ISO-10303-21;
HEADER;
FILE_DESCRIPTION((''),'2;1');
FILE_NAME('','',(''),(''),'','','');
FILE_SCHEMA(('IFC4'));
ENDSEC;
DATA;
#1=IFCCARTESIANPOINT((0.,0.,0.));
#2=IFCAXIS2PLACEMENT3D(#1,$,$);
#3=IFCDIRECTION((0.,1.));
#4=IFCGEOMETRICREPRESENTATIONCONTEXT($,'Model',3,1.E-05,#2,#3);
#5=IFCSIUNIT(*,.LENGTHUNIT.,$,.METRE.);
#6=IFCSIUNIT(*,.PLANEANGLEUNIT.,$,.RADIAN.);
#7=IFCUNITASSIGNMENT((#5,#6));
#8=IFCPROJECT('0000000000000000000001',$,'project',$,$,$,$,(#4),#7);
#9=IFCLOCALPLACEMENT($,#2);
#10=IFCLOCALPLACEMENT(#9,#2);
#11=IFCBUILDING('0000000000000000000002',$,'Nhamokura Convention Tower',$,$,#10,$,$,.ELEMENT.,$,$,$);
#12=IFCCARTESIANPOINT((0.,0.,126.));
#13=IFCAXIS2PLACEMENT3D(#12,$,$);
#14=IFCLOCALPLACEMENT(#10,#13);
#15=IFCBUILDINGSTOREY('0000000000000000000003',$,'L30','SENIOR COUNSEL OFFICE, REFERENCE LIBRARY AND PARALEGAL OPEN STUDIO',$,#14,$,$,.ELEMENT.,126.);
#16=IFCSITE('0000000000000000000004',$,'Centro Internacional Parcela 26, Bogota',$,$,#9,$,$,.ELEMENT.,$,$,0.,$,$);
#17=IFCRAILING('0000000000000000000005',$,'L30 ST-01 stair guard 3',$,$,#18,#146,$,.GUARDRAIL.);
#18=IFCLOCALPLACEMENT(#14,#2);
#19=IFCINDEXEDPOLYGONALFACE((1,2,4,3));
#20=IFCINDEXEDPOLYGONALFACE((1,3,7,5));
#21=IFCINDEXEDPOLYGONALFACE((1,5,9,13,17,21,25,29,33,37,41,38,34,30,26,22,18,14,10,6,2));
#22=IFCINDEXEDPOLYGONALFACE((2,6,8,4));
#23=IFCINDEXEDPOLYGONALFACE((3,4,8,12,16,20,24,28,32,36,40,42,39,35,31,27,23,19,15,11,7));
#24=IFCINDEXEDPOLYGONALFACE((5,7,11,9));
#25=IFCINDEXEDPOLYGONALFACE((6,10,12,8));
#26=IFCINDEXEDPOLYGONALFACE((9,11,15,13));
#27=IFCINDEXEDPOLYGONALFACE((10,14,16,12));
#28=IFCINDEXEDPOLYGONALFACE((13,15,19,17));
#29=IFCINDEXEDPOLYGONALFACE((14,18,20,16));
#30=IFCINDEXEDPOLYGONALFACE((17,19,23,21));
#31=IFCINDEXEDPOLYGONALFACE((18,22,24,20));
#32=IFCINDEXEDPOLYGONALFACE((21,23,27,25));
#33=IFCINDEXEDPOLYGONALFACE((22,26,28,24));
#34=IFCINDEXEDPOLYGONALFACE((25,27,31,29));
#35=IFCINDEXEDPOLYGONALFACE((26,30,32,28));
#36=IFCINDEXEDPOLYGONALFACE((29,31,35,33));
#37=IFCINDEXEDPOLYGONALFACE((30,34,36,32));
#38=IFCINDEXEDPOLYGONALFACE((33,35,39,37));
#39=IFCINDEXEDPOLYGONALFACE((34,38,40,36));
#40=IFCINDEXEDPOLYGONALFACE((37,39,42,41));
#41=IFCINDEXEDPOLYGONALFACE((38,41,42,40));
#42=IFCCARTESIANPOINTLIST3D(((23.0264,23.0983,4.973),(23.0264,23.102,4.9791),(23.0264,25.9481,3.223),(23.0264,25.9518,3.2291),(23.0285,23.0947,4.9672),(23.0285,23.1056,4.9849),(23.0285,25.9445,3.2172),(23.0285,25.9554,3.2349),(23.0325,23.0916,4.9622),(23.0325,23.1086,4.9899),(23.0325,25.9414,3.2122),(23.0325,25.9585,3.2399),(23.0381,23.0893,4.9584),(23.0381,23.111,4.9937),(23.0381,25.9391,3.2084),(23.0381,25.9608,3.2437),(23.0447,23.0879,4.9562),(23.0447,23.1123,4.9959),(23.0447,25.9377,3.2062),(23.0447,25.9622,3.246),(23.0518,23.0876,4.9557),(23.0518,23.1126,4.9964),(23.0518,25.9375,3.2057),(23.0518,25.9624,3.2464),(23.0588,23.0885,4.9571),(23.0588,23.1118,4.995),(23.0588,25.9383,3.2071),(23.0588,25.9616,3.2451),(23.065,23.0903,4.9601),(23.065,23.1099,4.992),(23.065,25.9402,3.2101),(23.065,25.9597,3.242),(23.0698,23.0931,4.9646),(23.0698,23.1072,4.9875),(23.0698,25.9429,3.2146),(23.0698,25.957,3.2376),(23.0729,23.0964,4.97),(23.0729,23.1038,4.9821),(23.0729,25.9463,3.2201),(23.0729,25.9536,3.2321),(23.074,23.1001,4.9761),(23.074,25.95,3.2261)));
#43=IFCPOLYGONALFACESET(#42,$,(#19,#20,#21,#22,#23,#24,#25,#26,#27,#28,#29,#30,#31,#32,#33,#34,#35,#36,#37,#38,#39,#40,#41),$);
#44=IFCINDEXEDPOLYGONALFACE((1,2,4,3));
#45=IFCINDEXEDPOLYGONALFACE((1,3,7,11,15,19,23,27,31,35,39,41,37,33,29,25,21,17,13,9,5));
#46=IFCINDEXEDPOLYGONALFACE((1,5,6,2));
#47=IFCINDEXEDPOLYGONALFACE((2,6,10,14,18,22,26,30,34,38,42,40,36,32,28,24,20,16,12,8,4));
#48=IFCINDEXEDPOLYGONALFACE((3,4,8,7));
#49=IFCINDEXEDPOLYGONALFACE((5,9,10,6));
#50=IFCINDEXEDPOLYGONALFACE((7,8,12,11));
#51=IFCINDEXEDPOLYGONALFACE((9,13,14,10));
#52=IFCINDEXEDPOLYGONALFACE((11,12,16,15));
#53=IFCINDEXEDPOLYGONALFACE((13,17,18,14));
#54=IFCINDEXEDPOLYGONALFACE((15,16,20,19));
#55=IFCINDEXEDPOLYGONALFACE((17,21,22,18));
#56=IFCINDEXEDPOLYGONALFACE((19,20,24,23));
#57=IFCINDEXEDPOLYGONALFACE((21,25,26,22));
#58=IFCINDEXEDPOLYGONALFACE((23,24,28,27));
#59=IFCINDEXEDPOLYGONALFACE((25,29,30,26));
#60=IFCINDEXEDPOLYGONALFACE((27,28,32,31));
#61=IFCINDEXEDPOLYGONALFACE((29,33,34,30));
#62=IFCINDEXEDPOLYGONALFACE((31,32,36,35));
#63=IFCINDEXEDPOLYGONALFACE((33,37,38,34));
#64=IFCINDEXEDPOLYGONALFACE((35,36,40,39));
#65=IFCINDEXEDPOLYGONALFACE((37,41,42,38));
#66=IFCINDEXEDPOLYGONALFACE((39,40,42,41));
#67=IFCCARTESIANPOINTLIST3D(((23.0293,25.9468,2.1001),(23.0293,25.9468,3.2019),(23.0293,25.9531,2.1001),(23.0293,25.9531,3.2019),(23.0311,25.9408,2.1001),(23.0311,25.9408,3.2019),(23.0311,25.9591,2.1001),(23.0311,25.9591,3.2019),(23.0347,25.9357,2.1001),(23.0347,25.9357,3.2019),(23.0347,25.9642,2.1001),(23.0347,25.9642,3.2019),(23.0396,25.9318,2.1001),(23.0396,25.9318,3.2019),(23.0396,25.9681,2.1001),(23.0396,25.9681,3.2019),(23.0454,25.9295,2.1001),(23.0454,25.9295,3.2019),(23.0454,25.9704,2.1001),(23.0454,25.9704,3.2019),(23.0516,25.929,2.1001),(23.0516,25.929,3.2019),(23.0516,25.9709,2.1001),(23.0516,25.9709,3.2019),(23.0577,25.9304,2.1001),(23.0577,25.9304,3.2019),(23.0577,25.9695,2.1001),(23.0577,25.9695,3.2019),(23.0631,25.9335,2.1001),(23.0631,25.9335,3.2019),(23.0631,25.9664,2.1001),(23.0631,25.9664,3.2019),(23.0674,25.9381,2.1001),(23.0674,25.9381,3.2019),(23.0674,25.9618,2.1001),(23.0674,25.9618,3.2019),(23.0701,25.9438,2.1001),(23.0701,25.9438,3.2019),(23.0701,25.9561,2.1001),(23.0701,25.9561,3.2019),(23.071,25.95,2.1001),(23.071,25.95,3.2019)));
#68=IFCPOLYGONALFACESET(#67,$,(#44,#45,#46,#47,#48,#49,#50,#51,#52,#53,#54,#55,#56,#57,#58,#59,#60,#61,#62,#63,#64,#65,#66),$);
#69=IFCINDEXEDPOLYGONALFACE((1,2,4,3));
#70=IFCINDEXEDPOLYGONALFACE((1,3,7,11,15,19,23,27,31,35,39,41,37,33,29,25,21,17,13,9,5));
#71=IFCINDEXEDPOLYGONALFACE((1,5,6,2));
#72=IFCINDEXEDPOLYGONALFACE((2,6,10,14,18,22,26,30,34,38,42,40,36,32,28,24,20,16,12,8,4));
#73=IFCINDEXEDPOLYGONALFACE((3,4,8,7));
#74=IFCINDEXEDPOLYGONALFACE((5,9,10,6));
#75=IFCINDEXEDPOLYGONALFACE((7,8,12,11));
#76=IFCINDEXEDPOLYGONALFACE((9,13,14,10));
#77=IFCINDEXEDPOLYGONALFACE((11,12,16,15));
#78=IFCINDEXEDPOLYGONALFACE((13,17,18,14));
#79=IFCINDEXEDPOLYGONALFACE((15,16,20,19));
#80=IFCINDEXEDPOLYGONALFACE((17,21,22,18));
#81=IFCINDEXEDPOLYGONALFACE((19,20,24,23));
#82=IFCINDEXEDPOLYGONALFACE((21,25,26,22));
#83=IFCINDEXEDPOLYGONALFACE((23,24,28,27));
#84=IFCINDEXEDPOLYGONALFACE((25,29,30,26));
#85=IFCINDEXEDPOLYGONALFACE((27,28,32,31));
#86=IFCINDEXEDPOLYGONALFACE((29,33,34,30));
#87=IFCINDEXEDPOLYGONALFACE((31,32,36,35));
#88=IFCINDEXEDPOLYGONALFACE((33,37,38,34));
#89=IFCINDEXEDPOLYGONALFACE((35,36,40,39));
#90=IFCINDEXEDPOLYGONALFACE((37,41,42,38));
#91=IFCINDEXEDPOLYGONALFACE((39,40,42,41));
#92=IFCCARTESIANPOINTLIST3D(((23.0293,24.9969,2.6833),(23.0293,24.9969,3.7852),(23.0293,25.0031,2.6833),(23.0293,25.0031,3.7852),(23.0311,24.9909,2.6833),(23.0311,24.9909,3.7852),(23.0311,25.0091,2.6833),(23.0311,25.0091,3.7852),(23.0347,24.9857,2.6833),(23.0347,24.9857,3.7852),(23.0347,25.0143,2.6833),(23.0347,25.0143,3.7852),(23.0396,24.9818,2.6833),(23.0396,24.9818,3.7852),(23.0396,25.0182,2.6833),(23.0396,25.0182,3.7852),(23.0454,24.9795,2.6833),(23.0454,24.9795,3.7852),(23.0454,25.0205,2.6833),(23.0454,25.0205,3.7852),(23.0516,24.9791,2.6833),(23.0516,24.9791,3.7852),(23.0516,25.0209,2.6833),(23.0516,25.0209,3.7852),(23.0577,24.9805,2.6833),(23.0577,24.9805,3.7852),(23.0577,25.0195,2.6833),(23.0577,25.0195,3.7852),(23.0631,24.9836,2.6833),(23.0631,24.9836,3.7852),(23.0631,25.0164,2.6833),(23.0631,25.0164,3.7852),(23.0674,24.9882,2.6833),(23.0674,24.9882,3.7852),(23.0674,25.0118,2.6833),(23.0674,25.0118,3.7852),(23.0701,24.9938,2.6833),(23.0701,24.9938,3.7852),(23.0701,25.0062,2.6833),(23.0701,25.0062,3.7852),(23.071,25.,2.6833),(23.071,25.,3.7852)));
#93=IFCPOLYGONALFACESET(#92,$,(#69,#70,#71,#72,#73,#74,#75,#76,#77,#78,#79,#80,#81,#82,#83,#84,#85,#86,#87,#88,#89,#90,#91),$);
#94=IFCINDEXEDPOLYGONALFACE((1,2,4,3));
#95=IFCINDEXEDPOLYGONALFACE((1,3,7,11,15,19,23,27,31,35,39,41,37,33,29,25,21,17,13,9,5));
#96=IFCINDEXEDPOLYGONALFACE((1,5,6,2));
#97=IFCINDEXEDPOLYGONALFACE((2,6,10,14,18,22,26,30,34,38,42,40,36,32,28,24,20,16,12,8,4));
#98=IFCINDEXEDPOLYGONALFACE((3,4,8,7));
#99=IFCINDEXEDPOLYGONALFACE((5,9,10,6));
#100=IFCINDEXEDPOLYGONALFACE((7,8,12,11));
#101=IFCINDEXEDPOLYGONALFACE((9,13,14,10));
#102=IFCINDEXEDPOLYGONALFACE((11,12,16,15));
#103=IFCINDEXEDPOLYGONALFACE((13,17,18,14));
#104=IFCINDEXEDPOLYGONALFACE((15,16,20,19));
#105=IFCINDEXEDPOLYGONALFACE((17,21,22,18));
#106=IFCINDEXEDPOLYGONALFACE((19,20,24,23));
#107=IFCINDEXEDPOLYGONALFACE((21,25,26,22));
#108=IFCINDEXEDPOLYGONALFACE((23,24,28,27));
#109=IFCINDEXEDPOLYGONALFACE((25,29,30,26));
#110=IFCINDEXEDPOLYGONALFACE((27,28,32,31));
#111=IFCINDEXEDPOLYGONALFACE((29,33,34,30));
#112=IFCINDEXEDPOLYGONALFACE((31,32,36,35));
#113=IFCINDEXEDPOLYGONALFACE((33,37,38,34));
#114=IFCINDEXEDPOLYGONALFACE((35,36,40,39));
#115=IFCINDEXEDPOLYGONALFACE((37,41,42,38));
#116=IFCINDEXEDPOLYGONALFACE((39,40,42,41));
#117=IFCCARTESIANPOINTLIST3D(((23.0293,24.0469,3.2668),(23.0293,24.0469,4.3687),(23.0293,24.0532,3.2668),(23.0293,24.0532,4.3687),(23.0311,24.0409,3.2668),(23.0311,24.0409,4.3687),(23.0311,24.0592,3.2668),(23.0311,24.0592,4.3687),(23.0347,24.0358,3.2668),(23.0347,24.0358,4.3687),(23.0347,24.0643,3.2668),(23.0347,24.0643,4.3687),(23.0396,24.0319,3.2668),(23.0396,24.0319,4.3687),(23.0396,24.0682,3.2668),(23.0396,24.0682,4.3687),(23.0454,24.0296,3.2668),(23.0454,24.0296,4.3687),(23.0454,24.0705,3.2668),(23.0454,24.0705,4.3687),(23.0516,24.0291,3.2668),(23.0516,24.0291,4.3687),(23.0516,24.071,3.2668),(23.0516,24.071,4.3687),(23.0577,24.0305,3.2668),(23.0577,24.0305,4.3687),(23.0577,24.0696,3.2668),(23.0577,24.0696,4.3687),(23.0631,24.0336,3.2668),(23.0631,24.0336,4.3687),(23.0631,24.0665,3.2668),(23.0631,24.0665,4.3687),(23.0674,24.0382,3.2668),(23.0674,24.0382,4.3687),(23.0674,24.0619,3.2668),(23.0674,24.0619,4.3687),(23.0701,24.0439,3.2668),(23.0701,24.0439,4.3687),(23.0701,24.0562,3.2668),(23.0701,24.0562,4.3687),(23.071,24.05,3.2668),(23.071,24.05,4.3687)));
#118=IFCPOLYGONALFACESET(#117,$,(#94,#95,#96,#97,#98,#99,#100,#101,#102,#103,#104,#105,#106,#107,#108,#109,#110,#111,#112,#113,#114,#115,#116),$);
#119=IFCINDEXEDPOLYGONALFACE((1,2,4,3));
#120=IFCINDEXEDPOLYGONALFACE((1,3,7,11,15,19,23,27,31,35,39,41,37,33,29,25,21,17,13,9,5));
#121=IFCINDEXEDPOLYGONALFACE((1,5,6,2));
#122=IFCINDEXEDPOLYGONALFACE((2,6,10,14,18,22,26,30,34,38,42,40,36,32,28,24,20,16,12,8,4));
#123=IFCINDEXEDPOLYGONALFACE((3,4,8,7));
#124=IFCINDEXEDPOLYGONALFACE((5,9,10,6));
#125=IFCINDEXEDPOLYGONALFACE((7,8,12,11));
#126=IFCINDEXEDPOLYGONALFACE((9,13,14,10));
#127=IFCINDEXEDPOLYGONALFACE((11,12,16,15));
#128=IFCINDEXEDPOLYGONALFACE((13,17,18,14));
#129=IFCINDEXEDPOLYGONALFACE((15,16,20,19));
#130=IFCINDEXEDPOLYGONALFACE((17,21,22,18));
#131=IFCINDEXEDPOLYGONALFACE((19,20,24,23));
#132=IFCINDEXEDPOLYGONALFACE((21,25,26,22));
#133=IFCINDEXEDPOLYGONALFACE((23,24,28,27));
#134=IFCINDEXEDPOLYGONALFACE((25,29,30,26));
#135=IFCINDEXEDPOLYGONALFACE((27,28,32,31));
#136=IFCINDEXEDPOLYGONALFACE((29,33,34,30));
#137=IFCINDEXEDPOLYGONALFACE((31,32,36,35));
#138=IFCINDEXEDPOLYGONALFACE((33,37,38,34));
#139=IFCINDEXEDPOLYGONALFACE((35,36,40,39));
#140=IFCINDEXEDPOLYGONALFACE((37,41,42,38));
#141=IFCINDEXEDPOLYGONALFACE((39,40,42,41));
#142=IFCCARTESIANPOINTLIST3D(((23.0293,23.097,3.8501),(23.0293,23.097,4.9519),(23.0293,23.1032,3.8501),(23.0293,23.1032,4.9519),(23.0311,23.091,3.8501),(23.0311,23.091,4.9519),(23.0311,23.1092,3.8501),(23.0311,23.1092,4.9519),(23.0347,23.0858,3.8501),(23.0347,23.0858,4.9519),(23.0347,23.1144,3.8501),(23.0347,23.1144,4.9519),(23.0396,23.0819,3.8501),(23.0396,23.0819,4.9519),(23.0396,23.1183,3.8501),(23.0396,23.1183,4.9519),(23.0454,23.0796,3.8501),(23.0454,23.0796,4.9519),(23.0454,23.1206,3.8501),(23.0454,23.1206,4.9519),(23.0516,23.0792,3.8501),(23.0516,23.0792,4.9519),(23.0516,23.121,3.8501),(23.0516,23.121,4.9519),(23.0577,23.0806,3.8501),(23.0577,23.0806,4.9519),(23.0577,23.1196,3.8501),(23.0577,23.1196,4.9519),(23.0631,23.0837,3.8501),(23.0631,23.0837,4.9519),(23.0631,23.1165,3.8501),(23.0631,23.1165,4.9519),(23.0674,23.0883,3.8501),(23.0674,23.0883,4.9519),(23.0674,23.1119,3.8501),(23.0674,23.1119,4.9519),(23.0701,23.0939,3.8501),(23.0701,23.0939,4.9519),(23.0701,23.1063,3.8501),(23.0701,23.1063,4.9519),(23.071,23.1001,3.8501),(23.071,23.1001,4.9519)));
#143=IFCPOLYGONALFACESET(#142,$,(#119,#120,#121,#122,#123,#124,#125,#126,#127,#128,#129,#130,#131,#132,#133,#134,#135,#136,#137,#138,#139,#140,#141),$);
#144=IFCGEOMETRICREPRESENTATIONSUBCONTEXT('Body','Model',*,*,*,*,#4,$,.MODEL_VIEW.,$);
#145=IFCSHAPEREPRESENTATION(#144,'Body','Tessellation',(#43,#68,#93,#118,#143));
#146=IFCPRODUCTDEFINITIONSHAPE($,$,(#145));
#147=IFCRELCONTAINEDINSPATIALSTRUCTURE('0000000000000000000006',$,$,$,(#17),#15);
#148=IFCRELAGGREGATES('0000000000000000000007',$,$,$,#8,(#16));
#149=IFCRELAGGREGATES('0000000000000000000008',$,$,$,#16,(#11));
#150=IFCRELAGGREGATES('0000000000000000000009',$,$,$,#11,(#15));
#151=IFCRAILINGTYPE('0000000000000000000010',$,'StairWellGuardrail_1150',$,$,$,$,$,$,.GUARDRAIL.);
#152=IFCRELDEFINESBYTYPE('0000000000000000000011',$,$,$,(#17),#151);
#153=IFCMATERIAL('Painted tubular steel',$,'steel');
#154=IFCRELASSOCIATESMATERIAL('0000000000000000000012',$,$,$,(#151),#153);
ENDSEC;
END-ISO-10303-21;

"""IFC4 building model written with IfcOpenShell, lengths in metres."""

from ifc_helpers import new_model, si_unit, direction, frame, origin, origin_2d, place, context, subcontext, project, spatial, circle, extrude, material, type_object, element, save


model = new_model("IFC4")

# Units and contexts
model_context = context("Model", 3, precision=1e-05, world=origin(), true_north=direction((0.0, 1.0)))
body_context = subcontext(model_context, "Body", "Model", "MODEL_VIEW")
ifc_project = project(units=[si_unit("LENGTHUNIT", "METRE"), si_unit("PLANEANGLEUNIT", "RADIAN")], contexts=[model_context])

# Site, building, storey
site_placement = place(None, origin())
site = spatial("IfcSite", under=ifc_project, at=site_placement, Name="Centro Internacional Parcela 26, Bogota", CompositionType="ELEMENT", RefElevation=0.0)
building_placement = place(site_placement, origin())
building = spatial("IfcBuilding", under=site, at=building_placement, Name="Nhamokura Convention Tower", CompositionType="ELEMENT")
storey_placement = place(building_placement, frame((0.0, 0.0, 126.0)))
storey = spatial("IfcBuildingStorey", under=building, at=storey_placement, Name="L30", Description="SENIOR COUNSEL OFFICE, REFERENCE LIBRARY AND PARALEGAL OPEN STUDIO", CompositionType="ELEMENT", Elevation=126.0)

# Railing
ifc_material_1 = material(Name="Painted tubular steel", Category="steel")
railing_type_1 = type_object("IfcRailingType", Name="StairWellGuardrail_1150", PredefinedType="GUARDRAIL", material=ifc_material_1)
railing_1_placement = place(storey_placement, frame((23.05, 25.95, 2.1001)))
element("IfcRailing", 1, at=railing_1_placement, inside=storey, type_object=railing_type_1, Name="L30 ST-01 stair guard 3", PredefinedType="GUARDRAIL", context=body_context, shape_type="SweptSolid", body=[
    extrude(circle(Radius=0.0239, at=origin_2d()), frame((0.0, 0.0, 1.126), z_axis=(0.0, -0.852159, 0.523283), x_axis=(1.0, 0.0, 0.0)), (0.0, 0.0, 1.0), 3.3442),
    extrude(circle(Radius=0.021, at=origin_2d()), origin(), (0.0, 0.0, 1.0), 1.1018),
    extrude(circle(Radius=0.021, at=origin_2d()), frame((0.0, -0.95, 0.5833)), (0.0, 0.0, 1.0), 1.1018),
    extrude(circle(Radius=0.021, at=origin_2d()), frame((0.0, -1.8999, 1.1667)), (0.0, 0.0, 1.0), 1.1018),
    extrude(circle(Radius=0.021, at=origin_2d()), frame((0.0, -2.8499, 1.75)), (0.0, 0.0, 1.0), 1.1018),
])

save(model, "model.ifc")
